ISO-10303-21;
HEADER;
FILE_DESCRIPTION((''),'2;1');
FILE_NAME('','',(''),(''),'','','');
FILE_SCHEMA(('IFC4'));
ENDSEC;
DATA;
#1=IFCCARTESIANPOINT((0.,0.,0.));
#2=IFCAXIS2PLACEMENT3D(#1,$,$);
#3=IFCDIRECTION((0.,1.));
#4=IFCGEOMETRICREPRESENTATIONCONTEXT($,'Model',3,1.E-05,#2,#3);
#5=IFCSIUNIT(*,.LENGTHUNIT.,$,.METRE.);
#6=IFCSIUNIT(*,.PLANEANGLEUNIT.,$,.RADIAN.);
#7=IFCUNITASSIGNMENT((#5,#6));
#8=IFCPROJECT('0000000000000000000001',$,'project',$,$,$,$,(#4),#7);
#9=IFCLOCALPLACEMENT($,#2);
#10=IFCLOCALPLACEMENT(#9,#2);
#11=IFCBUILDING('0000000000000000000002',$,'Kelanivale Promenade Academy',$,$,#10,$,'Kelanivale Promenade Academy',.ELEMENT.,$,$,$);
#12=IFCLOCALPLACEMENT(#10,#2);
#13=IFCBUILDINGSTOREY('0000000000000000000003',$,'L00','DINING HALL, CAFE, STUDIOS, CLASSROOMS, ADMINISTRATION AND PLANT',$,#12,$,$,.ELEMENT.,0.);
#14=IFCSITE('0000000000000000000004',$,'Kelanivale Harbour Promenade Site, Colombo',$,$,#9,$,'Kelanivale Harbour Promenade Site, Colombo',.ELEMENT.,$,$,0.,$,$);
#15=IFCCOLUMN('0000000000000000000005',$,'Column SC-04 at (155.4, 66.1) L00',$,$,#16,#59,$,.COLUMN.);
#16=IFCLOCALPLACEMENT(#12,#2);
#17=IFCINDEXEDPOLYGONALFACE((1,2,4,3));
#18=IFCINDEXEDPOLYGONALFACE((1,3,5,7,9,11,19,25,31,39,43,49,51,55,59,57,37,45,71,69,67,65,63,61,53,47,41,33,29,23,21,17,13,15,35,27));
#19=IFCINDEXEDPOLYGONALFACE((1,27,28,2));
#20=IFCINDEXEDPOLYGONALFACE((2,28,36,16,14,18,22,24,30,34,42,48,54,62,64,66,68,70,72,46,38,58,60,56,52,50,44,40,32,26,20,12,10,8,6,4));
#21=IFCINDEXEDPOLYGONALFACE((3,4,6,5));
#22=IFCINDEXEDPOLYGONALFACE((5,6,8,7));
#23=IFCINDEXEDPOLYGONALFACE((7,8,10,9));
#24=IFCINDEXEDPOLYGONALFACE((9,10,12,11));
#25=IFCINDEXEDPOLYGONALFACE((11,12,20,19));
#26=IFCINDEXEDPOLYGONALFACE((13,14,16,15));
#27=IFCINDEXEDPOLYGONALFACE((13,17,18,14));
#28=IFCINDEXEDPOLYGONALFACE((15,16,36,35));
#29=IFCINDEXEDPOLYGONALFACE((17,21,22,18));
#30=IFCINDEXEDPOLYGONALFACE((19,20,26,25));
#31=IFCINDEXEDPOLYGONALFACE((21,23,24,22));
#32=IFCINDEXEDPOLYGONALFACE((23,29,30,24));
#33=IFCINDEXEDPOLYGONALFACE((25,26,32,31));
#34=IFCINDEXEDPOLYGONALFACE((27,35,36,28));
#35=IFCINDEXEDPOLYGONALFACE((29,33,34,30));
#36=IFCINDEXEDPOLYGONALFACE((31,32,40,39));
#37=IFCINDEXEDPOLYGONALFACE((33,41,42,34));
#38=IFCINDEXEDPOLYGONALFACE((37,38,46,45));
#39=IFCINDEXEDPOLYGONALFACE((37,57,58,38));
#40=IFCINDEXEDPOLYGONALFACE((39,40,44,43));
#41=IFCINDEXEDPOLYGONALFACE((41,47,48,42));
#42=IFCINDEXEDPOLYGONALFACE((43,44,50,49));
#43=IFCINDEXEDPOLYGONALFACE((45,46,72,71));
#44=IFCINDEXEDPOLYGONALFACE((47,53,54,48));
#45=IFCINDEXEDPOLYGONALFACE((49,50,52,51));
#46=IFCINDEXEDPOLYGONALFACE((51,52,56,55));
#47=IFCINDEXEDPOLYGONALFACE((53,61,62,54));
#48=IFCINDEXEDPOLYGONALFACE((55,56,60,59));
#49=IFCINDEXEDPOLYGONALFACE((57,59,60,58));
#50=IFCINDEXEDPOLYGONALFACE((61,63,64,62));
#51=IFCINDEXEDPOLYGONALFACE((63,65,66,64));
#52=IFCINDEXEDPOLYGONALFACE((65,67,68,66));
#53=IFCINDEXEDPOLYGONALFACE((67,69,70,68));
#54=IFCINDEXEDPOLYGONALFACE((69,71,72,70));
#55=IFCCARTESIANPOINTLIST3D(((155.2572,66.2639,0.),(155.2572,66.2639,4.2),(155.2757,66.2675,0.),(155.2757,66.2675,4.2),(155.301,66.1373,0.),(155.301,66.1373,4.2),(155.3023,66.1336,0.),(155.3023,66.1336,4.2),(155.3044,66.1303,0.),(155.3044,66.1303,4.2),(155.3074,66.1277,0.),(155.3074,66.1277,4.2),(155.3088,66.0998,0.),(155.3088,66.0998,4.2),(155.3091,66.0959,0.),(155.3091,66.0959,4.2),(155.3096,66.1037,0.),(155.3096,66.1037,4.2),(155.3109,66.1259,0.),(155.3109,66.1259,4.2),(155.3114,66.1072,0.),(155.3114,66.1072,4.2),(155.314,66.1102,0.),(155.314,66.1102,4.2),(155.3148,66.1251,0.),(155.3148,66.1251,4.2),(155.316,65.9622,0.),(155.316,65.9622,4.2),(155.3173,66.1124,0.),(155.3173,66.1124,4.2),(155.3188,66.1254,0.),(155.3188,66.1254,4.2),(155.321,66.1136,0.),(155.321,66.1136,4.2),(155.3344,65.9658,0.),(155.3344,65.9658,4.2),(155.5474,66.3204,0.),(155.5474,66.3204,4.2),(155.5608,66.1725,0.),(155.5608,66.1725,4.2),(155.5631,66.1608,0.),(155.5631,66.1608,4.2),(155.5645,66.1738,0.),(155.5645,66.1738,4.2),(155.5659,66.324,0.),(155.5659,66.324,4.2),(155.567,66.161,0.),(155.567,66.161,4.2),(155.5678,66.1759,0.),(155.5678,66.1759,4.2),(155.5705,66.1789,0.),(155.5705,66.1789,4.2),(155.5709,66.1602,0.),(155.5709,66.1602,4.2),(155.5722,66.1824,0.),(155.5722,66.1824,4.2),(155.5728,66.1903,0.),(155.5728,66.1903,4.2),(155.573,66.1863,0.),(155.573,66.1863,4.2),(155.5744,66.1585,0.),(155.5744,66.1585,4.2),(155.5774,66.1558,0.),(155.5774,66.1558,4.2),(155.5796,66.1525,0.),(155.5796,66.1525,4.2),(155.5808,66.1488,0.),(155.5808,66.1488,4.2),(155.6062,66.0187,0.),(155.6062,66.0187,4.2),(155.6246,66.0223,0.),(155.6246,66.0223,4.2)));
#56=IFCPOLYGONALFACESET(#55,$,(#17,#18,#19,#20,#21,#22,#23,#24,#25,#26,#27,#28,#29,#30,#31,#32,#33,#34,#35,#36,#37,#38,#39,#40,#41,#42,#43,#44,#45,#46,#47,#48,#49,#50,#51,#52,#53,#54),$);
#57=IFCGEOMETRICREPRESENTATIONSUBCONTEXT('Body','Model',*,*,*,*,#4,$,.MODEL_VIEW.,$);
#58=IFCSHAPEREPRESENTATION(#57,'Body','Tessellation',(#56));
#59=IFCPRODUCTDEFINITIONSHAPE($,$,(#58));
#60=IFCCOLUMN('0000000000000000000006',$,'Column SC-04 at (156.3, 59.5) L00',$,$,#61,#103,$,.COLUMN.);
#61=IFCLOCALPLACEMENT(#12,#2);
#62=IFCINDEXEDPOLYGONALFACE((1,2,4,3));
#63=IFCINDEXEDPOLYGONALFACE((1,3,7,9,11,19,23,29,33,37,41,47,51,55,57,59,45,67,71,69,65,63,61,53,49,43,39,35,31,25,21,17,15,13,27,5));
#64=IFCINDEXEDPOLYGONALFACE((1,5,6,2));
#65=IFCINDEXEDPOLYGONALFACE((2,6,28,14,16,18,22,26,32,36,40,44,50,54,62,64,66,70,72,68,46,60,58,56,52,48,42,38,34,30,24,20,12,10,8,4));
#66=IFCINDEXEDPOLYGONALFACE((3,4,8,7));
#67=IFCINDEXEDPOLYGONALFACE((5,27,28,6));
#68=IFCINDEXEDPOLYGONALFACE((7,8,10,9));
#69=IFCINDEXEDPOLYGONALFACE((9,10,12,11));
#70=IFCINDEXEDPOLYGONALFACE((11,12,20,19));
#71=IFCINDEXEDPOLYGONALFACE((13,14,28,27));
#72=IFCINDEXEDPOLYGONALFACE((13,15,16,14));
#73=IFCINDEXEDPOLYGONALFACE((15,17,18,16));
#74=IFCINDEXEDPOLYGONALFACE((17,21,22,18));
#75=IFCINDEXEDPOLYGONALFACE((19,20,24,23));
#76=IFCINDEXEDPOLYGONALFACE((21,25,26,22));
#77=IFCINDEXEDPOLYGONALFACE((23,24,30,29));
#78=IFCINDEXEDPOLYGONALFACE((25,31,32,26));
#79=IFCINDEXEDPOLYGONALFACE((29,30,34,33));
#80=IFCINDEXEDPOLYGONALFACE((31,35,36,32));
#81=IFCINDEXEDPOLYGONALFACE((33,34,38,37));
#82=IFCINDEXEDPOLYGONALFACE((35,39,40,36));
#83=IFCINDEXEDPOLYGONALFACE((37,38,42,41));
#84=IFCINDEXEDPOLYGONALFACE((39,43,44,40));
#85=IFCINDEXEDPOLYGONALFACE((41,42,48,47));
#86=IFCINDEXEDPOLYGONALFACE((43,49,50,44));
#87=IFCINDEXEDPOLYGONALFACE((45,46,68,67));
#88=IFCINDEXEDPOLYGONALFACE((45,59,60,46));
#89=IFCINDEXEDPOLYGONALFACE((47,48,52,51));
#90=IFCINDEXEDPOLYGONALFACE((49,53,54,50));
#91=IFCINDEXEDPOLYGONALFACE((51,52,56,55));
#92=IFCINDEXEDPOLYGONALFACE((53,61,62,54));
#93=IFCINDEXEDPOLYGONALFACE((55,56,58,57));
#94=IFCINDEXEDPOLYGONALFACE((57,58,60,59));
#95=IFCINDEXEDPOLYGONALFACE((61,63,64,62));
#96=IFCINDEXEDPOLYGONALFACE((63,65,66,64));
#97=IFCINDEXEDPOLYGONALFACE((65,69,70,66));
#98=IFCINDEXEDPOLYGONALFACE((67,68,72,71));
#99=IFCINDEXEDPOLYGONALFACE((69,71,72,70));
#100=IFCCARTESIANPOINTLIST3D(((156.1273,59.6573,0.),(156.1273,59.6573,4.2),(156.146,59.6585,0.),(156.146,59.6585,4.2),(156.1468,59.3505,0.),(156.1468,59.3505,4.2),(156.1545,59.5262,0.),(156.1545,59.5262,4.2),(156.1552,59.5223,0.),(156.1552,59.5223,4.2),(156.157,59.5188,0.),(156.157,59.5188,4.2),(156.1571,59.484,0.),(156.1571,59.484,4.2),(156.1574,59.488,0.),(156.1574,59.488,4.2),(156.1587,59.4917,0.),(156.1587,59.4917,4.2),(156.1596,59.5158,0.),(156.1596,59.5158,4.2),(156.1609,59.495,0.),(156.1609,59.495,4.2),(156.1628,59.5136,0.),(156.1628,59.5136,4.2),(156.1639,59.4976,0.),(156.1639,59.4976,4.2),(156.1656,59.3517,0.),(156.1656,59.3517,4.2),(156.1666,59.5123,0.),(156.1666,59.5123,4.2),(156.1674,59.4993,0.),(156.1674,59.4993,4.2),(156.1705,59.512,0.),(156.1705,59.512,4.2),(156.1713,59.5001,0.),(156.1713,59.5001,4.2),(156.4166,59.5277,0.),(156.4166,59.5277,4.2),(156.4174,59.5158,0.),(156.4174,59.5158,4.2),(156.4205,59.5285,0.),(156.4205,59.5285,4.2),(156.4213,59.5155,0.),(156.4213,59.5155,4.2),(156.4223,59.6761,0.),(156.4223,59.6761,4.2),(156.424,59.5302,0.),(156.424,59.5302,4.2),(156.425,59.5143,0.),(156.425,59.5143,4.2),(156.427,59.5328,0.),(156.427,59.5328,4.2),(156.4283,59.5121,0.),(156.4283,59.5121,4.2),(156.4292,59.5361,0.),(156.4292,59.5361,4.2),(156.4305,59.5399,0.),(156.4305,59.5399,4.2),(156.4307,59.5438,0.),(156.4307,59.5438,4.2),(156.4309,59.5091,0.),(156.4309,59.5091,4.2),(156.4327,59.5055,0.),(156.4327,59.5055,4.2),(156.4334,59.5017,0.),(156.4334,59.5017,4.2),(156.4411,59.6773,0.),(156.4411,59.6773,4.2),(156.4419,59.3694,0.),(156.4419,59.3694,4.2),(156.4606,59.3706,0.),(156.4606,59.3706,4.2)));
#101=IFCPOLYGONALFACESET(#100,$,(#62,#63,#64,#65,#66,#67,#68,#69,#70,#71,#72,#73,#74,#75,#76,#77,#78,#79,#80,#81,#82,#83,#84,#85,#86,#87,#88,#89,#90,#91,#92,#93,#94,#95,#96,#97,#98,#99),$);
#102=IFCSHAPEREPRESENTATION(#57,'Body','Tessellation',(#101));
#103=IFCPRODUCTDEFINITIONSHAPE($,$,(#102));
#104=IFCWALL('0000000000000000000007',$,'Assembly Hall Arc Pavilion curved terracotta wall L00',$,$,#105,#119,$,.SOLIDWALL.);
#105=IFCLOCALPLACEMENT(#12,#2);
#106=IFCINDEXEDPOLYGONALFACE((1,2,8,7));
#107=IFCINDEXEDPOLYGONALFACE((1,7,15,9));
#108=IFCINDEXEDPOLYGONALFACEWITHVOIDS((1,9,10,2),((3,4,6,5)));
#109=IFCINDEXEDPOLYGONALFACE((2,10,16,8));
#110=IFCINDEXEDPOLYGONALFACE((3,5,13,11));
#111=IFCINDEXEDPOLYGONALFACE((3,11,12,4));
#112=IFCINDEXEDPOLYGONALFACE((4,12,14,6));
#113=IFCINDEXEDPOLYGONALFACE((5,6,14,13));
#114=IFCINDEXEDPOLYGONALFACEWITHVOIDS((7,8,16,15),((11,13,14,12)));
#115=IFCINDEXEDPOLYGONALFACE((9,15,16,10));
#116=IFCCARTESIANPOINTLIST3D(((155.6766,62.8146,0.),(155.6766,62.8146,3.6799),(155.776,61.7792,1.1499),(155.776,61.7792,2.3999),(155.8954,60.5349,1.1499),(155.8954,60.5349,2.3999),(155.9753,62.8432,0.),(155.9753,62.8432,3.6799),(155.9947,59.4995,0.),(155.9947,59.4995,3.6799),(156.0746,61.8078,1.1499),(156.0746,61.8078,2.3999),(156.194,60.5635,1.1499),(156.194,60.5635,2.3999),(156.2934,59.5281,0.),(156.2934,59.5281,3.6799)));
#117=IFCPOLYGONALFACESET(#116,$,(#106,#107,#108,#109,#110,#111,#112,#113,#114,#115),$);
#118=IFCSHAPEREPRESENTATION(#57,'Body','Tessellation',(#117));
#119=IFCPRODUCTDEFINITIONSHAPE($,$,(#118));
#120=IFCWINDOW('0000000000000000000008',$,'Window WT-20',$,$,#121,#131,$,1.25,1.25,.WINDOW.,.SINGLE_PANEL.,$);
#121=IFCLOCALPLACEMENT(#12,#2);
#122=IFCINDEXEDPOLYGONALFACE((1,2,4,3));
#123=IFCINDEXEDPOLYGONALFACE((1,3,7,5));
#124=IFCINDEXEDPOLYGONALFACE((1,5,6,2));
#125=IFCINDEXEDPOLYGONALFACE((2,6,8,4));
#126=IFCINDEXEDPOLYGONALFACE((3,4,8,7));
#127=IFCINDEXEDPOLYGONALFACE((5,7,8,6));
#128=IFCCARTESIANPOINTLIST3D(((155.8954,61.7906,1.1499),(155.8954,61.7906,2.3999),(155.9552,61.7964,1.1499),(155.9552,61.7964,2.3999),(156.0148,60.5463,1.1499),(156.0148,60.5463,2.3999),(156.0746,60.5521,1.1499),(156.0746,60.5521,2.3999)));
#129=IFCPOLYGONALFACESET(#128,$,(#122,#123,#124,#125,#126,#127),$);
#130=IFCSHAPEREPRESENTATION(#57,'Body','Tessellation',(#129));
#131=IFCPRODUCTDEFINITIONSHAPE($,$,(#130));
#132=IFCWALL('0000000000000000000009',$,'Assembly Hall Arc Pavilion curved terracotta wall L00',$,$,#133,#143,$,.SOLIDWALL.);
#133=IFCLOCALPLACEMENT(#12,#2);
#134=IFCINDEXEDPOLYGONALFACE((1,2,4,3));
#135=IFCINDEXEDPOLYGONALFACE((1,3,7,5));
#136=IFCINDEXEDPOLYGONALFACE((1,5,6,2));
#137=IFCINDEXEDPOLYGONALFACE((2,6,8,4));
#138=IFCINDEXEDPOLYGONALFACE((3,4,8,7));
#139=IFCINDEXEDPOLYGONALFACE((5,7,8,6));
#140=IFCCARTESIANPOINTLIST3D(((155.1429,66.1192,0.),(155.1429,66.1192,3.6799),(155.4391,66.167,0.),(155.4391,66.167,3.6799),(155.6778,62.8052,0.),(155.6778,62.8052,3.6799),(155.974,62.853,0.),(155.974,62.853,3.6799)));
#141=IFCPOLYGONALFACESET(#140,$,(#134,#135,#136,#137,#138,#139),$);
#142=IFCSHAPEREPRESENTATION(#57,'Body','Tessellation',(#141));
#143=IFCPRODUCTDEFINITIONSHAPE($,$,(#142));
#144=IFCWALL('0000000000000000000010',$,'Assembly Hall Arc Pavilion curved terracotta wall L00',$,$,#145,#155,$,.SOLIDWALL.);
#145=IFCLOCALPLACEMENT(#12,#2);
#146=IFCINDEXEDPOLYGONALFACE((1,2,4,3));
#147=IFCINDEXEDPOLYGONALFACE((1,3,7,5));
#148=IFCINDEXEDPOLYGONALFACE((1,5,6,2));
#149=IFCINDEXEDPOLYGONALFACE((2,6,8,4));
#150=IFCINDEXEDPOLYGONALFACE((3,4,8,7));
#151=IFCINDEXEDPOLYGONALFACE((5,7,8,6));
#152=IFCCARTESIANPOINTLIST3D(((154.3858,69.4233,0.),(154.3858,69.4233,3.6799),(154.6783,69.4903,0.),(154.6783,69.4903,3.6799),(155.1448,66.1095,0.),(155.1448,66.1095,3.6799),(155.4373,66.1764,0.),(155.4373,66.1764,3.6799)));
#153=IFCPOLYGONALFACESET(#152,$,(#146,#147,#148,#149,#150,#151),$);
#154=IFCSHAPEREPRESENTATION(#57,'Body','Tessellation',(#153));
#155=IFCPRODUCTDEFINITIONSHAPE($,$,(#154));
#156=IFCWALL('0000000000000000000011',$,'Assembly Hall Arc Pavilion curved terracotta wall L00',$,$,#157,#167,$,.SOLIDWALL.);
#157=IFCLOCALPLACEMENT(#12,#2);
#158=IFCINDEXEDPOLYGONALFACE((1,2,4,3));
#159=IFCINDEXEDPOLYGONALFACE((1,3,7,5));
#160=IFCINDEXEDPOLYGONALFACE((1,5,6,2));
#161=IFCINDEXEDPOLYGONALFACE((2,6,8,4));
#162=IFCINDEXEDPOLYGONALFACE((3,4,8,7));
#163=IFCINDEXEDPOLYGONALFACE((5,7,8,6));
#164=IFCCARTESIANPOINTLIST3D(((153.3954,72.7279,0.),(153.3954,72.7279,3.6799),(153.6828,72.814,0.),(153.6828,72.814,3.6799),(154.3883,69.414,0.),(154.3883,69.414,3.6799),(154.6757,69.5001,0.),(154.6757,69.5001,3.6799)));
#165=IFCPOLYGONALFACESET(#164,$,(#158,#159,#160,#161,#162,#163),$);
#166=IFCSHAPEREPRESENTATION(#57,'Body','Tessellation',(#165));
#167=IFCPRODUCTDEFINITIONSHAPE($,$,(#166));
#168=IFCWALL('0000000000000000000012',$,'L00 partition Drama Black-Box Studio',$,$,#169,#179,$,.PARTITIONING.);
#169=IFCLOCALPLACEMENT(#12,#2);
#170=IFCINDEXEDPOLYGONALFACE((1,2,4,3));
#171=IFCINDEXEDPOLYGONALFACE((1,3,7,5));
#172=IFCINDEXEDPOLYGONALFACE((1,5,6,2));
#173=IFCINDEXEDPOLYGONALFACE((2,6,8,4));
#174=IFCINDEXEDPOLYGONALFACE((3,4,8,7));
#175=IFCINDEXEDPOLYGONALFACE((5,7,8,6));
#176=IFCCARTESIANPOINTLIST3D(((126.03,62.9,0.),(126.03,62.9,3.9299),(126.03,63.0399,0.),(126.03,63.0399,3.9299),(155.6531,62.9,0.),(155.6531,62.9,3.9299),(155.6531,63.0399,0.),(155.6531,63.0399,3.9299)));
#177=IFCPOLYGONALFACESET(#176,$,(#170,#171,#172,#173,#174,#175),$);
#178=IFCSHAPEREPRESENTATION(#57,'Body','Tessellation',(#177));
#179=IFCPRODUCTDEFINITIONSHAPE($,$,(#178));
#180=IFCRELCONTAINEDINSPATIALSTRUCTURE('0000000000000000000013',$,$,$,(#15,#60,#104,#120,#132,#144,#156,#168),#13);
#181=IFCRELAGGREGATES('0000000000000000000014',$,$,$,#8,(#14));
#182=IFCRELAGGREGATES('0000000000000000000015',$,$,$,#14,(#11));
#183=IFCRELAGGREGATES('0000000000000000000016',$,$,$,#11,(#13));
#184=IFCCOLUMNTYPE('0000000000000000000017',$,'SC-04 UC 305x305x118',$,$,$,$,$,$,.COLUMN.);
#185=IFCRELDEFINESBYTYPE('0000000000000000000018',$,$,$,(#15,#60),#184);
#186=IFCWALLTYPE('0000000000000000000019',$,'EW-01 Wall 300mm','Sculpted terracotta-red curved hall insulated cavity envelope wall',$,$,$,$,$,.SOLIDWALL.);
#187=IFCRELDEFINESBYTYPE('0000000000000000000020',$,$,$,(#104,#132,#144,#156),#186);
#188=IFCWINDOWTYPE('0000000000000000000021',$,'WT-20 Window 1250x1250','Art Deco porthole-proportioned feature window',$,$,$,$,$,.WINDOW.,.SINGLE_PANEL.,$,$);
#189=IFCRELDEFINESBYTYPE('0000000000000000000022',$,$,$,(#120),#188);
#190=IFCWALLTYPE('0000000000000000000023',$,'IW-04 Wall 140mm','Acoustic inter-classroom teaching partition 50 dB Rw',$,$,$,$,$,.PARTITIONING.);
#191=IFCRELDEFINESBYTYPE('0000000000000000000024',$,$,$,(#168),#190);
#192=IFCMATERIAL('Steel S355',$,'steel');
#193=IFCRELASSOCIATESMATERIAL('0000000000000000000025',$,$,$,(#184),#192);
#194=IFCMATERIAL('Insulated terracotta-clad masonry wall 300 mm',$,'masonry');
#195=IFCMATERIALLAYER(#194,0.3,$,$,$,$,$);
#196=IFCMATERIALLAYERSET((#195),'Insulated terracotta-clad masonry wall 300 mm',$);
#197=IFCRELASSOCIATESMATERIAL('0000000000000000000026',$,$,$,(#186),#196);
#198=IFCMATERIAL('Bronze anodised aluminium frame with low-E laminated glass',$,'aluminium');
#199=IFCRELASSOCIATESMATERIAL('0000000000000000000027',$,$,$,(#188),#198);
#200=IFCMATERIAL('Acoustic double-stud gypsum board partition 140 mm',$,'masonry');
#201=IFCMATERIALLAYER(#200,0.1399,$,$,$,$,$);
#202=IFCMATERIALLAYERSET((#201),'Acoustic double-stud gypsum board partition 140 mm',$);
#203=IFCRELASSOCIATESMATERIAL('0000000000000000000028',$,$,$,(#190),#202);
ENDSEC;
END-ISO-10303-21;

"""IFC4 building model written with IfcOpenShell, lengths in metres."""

from ifc_helpers import new_model, si_unit, direction, frame, frame_2d, origin, origin_2d, place, context, subcontext, project, spatial, rectangle, i_section, extrude, material, layer, layer_set, material_profile, profile_set, type_object, element, fill, save


model = new_model("IFC4")

# Units and contexts
model_context = context("Model", 3, precision=1e-05, world=origin(), true_north=direction((0.0, 1.0)))
body_context = subcontext(model_context, "Body", "Model", "MODEL_VIEW")
ifc_project = project(units=[si_unit("LENGTHUNIT", "METRE"), si_unit("PLANEANGLEUNIT", "RADIAN")], contexts=[model_context])

# Site, building, storey
site_placement = place(None, origin())
site = spatial("IfcSite", under=ifc_project, at=site_placement, Name="Kelanivale Harbour Promenade Site, Colombo", LongName="Kelanivale Harbour Promenade Site, Colombo", CompositionType="ELEMENT", RefElevation=0.0)
building_placement = place(site_placement, origin())
building = spatial("IfcBuilding", under=site, at=building_placement, Name="Kelanivale Promenade Academy", LongName="Kelanivale Promenade Academy", CompositionType="ELEMENT")
storey_placement = place(building_placement, origin())
storey = spatial("IfcBuildingStorey", under=building, at=storey_placement, Name="L00", Description="DINING HALL, CAFE, STUDIOS, CLASSROOMS, ADMINISTRATION AND PLANT", CompositionType="ELEMENT", Elevation=0.0)

# Columns
ifc_material_1 = material(Name="Steel S355", Category="steel")
ifc_material_profile_1 = material_profile(ifc_material_1, i_section(OverallWidth=0.3074, OverallDepth=0.3145, WebThickness=0.012, FlangeThickness=0.0188, FilletRadius=0.0151, at=origin_2d()), Name="UC 305x305x118")
ifc_profile_set_1 = profile_set([ifc_material_profile_1], Name="Steel S355")
column_type_1 = type_object("IfcColumnType", Name="SC-04 UC 305x305x118", PredefinedType="COLUMN", material=ifc_profile_set_1)
for number, where, z_axis, x_axis, name in (
    (1, (155.4409, 66.1431, 0.0), (0.0, 0.0, 1.0), (-0.191152, 0.981561, 0.0), "Column SC-04 at (155.4, 66.1) L00"),
    (2, (156.2939, 59.5139, 0.0), (0.0, 0.0, 1.0), (-0.063661, 0.997972, 0.0), "Column SC-04 at (156.3, 59.5) L00"),
):
    element("IfcColumn", number, at=place(storey_placement, frame(where, z_axis=z_axis, x_axis=x_axis)), inside=storey, type_object=column_type_1, Name=name, PredefinedType="COLUMN", context=body_context, shape_type="SweptSolid", body=[
        extrude(i_section(OverallWidth=0.3074, OverallDepth=0.3145, WebThickness=0.012, FlangeThickness=0.0188, FilletRadius=0.0151, at=origin_2d()), origin(), (0.0, 0.0, 1.0), 4.2),
    ])

# Wall, opening, window
ifc_material_2 = material(Name="Insulated terracotta-clad masonry wall 300 mm", Category="masonry")
ifc_layer_1 = layer(ifc_material_2, 0.3)
ifc_layer_set_1 = layer_set([ifc_layer_1], Name="Insulated terracotta-clad masonry wall 300 mm")
wall_type_1 = type_object("IfcWallType", Name="EW-01 Wall 300mm", Description="Sculpted terracotta-red curved hall insulated cavity envelope wall", PredefinedType="SOLIDWALL", material=ifc_layer_set_1)
wall_1_placement = place(storey_placement, frame((156.144, 59.5139, 0.0), z_axis=(0.0, 0.0, 1.0), x_axis=(-0.095518, 0.995428, 0.0)))
wall_1 = element("IfcWall", 3, at=wall_1_placement, inside=storey, type_object=wall_type_1, Name="Assembly Hall Arc Pavilion curved terracotta wall L00", PredefinedType="SOLIDWALL", context=body_context, shape_type="SweptSolid", body=[
    extrude(rectangle(XDim=3.3303, YDim=0.3, at=frame_2d((1.665, 0.0))), origin(), (0.0, 0.0, 1.0), 3.6799),
])
opening_placement = place(wall_1_placement, frame((1.04, 0.0, 1.1499)))
opening = element("IfcOpeningElement", 4, at=opening_placement, cuts=wall_1, PredefinedType="OPENING", context=body_context, shape_type="SweptSolid", body=[
    extrude(rectangle(XDim=1.25, YDim=1.25, at=frame_2d((0.625, 0.625))), frame((0.0, 0.1602, 0.0), z_axis=(0.0, -1.0, 0.0), x_axis=(1.0, 0.0, 0.0)), (0.0, 0.0, 1.0), 0.3201),
])
ifc_material_3 = material(Name="Bronze anodised aluminium frame with low-E laminated glass", Category="aluminium")
window_type = type_object("IfcWindowType", Name="WT-20 Window 1250x1250", Description="Art Deco porthole-proportioned feature window", PartitioningType="SINGLE_PANEL", PredefinedType="WINDOW", material=ifc_material_3)
window_placement = place(opening_placement, origin())
window = element("IfcWindow", 5, at=window_placement, inside=storey, type_object=window_type, Name="Window WT-20", OverallHeight=1.25, OverallWidth=1.25, PartitioningType="SINGLE_PANEL", PredefinedType="WINDOW", context=body_context, shape_type="SweptSolid", body=[
    extrude(rectangle(XDim=1.25, YDim=1.25, at=frame_2d((0.625, 0.625))), frame((0.0, 0.03, 0.0), z_axis=(0.0, -1.0, 0.0), x_axis=(1.0, 0.0, 0.0)), (0.0, 0.0, 1.0), 0.0601),
])
fill(opening, window)

# Walls
wall_2_placement = place(storey_placement, frame((155.8259, 62.8291, 0.0), z_axis=(0.0, 0.0, 1.0), x_axis=(-0.159349, 0.987222, 0.0)))
element("IfcWall", 6, at=wall_2_placement, inside=storey, type_object=wall_type_1, Name="Assembly Hall Arc Pavilion curved terracotta wall L00", PredefinedType="SOLIDWALL", context=body_context, shape_type="SweptSolid", body=[
    extrude(rectangle(XDim=3.3569, YDim=0.3, at=frame_2d((1.6785, 0.0))), origin(), (0.0, 0.0, 1.0), 3.6799),
])
wall_3_placement = place(storey_placement, frame((155.291, 66.1431, 0.0), z_axis=(0.0, 0.0, 1.0), x_axis=(-0.22326, 0.974759, 0.0)))
element("IfcWall", 7, at=wall_3_placement, inside=storey, type_object=wall_type_1, Name="Assembly Hall Arc Pavilion curved terracotta wall L00", PredefinedType="SOLIDWALL", context=body_context, shape_type="SweptSolid", body=[
    extrude(rectangle(XDim=3.3997, YDim=0.3, at=frame_2d((1.6997, 0.0))), origin(), (0.0, 0.0, 1.0), 3.6799),
])
wall_4_placement = place(storey_placement, frame((154.532, 69.457, 0.0), z_axis=(0.0, 0.0, 1.0), x_axis=(-0.287011, 0.957927, 0.0)))
element("IfcWall", 8, at=wall_4_placement, inside=storey, type_object=wall_type_1, Name="Assembly Hall Arc Pavilion curved terracotta wall L00", PredefinedType="SOLIDWALL", context=body_context, shape_type="SweptSolid", body=[
    extrude(rectangle(XDim=3.4595, YDim=0.3, at=frame_2d((1.7297, 0.0))), origin(), (0.0, 0.0, 1.0), 3.6799),
])
ifc_material_4 = material(Name="Acoustic double-stud gypsum board partition 140 mm", Category="masonry")
ifc_layer_2 = layer(ifc_material_4, 0.1399)
ifc_layer_set_2 = layer_set([ifc_layer_2], Name="Acoustic double-stud gypsum board partition 140 mm")
wall_type_2 = type_object("IfcWallType", Name="IW-04 Wall 140mm", Description="Acoustic inter-classroom teaching partition 50 dB Rw", PredefinedType="PARTITIONING", material=ifc_layer_set_2)
wall_5_placement = place(storey_placement, frame((155.6531, 62.97, 0.0), z_axis=(0.0, 0.0, 1.0), x_axis=(-1.0, 0.0, 0.0)))
element("IfcWall", 9, at=wall_5_placement, inside=storey, type_object=wall_type_2, Name="L00 partition Drama Black-Box Studio", PredefinedType="PARTITIONING", context=body_context, shape_type="SweptSolid", body=[
    extrude(rectangle(XDim=29.623, YDim=0.1399, at=frame_2d((14.8115, 0.0))), origin(), (0.0, 0.0, 1.0), 3.9299),
])

save(model, "model.ifc")
